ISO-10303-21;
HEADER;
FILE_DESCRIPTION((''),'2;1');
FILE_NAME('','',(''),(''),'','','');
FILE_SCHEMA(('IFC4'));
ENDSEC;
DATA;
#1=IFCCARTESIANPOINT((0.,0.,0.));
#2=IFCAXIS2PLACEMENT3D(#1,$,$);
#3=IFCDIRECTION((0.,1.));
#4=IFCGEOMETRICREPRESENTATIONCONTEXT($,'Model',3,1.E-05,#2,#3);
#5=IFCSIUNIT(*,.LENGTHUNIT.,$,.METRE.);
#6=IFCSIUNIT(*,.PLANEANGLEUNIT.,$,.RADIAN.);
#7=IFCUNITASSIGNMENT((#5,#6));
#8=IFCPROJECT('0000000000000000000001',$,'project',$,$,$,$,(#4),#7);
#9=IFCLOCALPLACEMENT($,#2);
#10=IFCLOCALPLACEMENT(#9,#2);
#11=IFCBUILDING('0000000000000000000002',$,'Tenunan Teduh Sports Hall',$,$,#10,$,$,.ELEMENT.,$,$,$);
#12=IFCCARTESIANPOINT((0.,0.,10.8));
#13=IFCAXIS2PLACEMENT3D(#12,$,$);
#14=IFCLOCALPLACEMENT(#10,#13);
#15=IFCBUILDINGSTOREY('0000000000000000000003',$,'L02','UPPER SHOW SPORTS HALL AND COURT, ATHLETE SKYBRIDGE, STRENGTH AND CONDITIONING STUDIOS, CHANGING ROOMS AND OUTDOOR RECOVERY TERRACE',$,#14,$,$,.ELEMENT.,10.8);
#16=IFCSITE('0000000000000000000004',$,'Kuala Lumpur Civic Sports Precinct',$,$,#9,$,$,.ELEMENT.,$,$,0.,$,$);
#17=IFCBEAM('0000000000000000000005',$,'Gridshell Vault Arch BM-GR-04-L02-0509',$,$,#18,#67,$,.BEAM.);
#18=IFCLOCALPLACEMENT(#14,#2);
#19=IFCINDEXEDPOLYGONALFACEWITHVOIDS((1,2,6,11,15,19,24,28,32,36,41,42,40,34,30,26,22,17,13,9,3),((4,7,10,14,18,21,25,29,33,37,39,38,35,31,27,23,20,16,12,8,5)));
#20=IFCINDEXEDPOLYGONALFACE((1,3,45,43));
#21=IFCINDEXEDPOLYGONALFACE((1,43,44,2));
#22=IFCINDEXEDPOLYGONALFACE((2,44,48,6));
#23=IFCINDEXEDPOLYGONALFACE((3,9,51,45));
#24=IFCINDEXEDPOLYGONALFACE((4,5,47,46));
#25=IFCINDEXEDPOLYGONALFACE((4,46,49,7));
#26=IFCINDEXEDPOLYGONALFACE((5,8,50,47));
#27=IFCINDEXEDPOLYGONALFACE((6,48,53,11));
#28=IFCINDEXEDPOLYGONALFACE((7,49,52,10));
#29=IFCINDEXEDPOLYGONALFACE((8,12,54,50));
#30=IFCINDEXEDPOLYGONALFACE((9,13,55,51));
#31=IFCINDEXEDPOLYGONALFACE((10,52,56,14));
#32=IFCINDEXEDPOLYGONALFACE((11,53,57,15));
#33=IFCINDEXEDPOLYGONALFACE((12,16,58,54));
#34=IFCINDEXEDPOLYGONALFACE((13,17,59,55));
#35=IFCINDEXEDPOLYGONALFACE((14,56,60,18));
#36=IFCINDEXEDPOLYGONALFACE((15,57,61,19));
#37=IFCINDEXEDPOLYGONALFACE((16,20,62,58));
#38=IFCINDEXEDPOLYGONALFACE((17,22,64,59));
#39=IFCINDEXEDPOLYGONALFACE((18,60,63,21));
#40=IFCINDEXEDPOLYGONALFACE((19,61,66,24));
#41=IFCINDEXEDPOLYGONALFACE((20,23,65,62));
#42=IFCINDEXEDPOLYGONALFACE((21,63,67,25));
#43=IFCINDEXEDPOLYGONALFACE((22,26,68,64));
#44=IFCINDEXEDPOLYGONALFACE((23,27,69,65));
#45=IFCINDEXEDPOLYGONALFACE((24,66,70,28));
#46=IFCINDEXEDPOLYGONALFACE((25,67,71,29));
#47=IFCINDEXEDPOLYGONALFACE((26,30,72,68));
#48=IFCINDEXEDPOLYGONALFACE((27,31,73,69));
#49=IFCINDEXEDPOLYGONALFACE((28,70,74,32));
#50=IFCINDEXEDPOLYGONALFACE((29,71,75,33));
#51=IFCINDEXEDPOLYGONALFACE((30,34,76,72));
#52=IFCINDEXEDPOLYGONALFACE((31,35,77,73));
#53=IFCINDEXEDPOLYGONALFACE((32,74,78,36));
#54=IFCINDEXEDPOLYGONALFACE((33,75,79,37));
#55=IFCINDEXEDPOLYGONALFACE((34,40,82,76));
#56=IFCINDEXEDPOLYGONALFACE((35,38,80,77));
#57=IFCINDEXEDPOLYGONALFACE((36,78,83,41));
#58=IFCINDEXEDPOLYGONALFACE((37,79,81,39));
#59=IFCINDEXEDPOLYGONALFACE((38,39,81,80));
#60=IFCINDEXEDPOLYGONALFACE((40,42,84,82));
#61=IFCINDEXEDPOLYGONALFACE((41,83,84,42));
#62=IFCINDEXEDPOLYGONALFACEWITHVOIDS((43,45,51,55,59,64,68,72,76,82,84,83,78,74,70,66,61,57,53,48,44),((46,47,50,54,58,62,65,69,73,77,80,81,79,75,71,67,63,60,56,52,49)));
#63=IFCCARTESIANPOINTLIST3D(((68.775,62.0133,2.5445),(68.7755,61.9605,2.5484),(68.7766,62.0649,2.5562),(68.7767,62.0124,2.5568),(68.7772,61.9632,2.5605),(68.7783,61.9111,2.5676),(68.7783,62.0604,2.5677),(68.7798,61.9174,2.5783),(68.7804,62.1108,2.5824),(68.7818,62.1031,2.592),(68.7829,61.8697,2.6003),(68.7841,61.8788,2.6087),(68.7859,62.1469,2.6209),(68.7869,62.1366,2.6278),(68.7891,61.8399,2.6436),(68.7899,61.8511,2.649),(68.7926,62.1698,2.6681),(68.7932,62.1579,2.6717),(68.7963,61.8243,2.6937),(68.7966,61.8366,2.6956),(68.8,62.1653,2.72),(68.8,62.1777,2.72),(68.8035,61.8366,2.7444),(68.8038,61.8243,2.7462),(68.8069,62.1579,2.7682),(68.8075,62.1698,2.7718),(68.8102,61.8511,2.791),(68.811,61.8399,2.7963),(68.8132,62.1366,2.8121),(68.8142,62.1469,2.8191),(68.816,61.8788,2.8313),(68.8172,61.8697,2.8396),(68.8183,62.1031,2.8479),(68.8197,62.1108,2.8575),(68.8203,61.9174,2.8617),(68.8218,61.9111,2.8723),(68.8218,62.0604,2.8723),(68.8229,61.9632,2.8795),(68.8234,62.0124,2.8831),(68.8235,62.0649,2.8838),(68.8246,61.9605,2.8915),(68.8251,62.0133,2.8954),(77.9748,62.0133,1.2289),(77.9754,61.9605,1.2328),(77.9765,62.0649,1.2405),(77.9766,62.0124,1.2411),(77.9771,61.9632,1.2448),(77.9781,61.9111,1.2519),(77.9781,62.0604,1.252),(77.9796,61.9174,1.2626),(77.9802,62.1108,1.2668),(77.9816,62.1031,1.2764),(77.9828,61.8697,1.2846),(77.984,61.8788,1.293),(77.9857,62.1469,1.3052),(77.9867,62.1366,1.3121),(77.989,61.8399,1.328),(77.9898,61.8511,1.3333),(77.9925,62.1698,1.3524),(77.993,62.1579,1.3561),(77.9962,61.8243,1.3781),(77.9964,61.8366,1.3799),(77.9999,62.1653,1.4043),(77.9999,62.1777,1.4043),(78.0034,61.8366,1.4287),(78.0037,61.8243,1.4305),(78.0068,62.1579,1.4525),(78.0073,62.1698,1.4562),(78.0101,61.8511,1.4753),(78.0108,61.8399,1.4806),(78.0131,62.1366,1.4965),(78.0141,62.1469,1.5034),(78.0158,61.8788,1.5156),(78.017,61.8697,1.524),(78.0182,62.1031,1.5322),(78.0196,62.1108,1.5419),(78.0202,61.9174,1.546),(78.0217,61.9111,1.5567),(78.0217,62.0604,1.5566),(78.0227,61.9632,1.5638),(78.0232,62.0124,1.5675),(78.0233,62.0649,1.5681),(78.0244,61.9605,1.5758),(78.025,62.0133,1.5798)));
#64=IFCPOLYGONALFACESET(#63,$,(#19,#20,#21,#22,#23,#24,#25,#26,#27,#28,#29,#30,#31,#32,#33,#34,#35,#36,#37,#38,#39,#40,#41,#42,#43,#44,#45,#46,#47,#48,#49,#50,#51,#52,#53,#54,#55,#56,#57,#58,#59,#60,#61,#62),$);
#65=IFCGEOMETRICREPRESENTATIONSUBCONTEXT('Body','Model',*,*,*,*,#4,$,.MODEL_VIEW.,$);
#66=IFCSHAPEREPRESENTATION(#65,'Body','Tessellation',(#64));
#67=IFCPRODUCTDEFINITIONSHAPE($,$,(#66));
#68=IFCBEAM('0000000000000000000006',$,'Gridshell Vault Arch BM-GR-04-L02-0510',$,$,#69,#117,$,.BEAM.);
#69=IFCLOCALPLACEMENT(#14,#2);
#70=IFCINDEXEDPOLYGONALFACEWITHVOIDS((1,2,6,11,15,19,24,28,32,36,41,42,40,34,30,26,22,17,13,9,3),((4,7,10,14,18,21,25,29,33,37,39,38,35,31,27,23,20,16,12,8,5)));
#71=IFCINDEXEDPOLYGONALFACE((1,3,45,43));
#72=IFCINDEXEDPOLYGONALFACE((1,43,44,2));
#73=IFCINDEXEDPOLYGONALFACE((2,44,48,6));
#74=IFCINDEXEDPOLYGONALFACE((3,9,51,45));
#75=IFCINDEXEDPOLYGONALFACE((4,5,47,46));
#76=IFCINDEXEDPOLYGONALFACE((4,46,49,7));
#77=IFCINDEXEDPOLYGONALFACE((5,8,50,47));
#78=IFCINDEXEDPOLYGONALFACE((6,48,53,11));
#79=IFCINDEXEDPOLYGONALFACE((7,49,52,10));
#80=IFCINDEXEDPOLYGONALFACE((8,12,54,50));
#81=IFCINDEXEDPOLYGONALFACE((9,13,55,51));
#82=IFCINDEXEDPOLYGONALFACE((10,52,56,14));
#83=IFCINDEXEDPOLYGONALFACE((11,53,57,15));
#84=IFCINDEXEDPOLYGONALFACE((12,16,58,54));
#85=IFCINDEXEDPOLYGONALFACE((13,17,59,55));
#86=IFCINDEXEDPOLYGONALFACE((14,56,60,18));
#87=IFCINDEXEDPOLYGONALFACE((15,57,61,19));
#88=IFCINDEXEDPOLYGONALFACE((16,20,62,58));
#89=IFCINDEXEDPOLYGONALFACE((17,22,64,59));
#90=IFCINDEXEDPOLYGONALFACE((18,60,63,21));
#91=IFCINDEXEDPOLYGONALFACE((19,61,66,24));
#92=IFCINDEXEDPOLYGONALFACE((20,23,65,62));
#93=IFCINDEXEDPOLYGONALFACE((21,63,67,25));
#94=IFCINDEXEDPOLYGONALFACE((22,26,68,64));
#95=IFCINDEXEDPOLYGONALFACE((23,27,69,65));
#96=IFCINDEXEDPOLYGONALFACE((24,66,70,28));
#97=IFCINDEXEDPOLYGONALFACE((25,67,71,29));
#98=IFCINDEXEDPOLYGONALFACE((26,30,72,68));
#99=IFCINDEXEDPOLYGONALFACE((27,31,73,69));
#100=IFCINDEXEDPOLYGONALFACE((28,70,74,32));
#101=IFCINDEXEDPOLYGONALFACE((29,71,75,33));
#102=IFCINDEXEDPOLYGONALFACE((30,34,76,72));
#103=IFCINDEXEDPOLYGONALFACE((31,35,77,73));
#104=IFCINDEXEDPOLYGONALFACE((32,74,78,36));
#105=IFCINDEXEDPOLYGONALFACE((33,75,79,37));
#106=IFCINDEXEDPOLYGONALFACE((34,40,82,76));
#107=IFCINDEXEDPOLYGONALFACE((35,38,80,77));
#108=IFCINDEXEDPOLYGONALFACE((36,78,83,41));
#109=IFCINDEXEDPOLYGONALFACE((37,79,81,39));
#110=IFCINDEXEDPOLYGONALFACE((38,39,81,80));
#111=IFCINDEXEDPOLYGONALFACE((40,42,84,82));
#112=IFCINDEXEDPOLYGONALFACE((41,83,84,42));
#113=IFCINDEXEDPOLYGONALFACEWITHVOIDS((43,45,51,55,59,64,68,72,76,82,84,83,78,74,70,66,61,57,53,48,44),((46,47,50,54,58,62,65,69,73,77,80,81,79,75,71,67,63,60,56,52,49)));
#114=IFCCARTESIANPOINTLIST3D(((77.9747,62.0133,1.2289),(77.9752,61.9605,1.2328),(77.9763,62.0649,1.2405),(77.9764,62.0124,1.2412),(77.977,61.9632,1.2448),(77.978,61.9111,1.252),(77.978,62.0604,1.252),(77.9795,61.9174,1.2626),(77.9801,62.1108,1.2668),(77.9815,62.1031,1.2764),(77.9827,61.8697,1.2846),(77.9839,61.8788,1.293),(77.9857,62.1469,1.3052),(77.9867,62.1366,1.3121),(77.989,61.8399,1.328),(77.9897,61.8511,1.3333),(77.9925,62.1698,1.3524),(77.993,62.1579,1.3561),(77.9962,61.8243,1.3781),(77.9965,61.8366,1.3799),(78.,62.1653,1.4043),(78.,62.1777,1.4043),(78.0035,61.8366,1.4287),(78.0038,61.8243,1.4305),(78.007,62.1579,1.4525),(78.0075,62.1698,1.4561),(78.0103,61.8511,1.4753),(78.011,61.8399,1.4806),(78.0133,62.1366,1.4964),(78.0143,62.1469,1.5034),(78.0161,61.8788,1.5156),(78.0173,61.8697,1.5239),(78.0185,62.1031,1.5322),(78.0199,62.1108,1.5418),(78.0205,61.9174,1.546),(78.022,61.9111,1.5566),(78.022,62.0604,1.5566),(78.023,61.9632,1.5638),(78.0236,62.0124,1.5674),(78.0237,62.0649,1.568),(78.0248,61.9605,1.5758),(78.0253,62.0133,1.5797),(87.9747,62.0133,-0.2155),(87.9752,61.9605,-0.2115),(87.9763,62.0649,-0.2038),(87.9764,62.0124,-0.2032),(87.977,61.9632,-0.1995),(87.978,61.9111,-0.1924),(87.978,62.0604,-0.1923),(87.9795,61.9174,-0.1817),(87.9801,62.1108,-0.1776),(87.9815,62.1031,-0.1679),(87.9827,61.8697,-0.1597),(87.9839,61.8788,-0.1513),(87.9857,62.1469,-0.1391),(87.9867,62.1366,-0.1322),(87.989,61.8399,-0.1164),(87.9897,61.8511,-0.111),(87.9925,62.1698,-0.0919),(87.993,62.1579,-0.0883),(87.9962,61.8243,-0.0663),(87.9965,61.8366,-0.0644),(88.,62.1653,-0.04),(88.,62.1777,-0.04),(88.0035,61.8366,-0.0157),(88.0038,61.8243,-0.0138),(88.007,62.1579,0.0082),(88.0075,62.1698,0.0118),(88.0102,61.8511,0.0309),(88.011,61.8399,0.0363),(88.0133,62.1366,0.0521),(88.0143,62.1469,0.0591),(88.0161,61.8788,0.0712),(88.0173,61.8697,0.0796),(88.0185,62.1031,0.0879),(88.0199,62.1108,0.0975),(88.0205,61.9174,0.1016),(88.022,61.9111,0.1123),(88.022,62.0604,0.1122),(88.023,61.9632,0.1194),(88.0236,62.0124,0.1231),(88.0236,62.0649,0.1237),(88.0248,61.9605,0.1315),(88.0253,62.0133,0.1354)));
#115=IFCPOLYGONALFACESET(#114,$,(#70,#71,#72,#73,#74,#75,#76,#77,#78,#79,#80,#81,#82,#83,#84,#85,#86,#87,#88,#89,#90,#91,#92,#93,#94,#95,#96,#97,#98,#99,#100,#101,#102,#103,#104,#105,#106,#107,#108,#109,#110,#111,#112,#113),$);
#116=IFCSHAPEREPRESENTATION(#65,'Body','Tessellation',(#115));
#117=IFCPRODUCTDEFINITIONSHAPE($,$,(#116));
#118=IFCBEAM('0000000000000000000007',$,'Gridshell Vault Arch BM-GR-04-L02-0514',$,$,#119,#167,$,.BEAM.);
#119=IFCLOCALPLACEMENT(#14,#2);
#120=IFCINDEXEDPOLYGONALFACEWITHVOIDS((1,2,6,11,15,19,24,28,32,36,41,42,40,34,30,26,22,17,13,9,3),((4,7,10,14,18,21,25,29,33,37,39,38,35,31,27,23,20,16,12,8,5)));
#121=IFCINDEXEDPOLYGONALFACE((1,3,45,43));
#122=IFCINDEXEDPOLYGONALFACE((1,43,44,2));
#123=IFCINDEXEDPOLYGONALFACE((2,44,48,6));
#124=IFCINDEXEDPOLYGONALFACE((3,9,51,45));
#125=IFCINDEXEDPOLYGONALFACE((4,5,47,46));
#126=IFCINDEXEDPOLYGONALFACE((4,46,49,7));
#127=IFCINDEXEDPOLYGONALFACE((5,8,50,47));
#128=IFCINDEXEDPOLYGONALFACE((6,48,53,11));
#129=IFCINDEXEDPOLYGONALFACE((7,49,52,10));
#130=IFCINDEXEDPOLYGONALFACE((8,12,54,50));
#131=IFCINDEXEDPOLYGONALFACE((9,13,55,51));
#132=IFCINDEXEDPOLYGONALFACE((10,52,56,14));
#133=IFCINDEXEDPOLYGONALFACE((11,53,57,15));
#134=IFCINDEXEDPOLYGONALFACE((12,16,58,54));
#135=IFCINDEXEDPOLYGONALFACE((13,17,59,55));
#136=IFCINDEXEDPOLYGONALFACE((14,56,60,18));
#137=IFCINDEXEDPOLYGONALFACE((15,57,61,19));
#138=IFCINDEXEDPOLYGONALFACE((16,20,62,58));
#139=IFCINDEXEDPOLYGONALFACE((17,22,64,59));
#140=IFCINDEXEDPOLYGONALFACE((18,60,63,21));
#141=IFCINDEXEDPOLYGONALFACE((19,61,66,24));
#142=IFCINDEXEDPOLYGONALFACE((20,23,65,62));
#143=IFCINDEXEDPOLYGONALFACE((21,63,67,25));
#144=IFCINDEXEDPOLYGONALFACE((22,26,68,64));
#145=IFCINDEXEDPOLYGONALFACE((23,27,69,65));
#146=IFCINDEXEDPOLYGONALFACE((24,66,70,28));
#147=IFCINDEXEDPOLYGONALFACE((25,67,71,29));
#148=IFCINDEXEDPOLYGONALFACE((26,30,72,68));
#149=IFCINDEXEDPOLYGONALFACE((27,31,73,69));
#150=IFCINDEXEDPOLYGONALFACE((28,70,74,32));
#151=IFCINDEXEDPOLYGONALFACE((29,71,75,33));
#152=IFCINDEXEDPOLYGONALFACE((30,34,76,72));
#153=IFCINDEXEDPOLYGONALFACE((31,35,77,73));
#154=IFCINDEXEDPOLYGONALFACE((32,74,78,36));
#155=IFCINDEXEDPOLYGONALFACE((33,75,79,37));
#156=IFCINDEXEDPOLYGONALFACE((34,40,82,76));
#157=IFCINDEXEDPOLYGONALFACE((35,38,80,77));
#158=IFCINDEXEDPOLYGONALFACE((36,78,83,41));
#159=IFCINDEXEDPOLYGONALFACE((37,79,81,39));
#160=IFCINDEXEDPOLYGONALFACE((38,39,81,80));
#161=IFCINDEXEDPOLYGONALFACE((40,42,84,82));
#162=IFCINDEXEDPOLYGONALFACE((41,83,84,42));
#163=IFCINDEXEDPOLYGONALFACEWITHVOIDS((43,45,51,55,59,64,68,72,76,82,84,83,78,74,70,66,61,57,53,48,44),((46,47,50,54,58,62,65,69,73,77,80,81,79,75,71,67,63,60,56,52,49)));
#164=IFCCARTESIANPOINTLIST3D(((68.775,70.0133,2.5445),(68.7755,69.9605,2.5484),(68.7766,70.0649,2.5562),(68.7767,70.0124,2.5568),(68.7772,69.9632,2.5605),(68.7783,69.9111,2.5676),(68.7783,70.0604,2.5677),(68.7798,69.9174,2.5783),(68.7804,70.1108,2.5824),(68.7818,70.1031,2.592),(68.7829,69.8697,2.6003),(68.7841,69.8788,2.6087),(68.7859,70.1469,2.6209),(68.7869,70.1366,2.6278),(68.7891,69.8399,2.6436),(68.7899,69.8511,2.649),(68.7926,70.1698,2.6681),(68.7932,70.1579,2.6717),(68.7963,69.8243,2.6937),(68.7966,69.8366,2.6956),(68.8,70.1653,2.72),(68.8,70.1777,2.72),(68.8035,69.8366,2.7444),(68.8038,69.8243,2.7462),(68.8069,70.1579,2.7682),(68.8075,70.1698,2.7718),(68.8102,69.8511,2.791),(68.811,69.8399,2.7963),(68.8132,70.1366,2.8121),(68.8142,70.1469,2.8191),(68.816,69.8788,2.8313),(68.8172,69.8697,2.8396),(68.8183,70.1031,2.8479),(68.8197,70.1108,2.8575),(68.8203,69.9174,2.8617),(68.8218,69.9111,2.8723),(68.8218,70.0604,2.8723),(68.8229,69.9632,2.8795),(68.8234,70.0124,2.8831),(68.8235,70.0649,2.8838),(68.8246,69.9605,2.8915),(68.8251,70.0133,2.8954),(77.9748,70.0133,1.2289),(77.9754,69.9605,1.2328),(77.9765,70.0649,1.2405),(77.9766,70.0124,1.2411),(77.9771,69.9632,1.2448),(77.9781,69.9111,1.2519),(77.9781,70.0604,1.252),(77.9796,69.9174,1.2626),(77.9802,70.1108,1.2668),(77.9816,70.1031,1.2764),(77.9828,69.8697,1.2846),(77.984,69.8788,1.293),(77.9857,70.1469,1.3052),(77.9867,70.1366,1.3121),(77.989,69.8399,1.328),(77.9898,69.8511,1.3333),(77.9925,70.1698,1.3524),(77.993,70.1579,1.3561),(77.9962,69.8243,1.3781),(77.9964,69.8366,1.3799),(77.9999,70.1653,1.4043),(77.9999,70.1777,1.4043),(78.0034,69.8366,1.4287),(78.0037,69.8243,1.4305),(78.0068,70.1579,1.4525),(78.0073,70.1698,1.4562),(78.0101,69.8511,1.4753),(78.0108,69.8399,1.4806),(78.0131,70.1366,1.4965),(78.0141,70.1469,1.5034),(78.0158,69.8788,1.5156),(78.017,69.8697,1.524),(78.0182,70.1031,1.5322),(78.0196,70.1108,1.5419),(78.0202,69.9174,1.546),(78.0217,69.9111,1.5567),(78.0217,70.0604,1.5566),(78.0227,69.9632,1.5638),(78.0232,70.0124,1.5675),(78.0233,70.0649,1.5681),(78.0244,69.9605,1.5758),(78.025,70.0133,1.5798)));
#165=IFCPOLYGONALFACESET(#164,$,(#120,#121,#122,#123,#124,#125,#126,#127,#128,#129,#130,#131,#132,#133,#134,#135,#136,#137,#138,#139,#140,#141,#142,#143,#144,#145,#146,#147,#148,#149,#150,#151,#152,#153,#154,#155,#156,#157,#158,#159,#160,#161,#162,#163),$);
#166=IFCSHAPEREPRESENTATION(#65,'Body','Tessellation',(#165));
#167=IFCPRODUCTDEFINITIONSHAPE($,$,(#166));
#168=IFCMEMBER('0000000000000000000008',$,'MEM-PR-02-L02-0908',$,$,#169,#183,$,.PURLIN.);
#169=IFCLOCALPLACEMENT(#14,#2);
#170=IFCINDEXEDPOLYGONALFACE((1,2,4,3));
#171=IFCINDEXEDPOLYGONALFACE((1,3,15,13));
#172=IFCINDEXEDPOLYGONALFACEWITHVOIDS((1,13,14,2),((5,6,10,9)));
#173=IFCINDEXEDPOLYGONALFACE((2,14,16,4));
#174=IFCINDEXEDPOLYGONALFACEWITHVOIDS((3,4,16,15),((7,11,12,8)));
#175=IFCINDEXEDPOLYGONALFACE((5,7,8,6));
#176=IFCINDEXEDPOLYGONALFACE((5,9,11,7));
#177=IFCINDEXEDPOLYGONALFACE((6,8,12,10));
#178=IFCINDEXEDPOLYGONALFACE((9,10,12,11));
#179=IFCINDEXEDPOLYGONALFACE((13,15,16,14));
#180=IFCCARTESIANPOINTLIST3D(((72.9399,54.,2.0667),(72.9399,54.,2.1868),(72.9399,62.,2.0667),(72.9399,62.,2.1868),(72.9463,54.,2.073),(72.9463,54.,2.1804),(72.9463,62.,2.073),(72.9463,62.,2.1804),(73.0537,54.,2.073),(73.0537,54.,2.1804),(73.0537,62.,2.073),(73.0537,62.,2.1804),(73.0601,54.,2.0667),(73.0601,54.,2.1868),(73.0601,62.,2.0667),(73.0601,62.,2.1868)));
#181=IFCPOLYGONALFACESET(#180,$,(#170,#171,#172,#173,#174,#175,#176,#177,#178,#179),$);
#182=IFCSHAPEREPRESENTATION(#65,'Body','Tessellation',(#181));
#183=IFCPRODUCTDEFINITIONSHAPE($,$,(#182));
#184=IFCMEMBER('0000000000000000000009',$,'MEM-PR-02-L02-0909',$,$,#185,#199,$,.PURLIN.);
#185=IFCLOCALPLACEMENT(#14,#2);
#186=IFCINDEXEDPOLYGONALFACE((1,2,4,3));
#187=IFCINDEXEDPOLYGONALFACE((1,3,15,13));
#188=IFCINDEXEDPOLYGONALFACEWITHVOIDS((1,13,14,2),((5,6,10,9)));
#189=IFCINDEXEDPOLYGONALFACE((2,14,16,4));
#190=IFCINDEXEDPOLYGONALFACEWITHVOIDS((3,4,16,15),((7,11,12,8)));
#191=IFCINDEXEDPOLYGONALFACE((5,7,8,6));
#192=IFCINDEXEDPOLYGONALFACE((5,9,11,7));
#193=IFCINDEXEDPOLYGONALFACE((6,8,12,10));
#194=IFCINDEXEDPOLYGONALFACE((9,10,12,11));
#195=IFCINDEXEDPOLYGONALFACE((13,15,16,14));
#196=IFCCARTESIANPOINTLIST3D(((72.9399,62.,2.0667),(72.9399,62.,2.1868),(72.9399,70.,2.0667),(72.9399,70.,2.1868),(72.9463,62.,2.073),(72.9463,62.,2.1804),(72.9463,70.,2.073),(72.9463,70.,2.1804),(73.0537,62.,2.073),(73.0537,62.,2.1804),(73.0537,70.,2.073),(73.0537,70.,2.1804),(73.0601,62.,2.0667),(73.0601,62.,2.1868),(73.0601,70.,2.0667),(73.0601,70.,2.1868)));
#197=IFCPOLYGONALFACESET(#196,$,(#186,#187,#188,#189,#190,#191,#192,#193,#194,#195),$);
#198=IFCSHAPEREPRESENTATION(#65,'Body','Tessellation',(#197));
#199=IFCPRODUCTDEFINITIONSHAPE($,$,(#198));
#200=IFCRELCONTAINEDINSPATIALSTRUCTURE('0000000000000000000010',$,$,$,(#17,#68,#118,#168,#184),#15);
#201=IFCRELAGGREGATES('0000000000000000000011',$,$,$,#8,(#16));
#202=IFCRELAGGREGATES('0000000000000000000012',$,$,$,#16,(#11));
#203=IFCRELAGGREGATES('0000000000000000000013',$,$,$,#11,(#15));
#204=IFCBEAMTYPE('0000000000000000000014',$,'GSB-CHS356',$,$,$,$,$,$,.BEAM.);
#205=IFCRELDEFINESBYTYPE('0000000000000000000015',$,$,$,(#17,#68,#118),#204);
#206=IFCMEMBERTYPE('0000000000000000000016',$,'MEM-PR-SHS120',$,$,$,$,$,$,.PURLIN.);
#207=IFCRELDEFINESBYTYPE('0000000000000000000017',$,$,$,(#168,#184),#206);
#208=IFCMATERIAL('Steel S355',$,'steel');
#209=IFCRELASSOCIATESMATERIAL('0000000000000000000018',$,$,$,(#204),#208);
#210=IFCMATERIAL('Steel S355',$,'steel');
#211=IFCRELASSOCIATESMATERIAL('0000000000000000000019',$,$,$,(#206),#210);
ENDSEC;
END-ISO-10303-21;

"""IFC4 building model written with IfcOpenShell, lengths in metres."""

from ifc_helpers import new_model, si_unit, direction, frame, origin, origin_2d, place, context, subcontext, project, spatial, hollow_rectangle, hollow_circle, extrude, material, material_profile, profile_set, type_object, element, save


model = new_model("IFC4")

# Units and contexts
model_context = context("Model", 3, precision=1e-05, world=origin(), true_north=direction((0.0, 1.0)))
body_context = subcontext(model_context, "Body", "Model", "MODEL_VIEW")
ifc_project = project(units=[si_unit("LENGTHUNIT", "METRE"), si_unit("PLANEANGLEUNIT", "RADIAN")], contexts=[model_context])

# Site, building, storey
site_placement = place(None, origin())
site = spatial("IfcSite", under=ifc_project, at=site_placement, Name="Kuala Lumpur Civic Sports Precinct", CompositionType="ELEMENT", RefElevation=0.0)
building_placement = place(site_placement, origin())
building = spatial("IfcBuilding", under=site, at=building_placement, Name="Tenunan Teduh Sports Hall", CompositionType="ELEMENT")
storey_placement = place(building_placement, frame((0.0, 0.0, 10.8)))
storey = spatial("IfcBuildingStorey", under=building, at=storey_placement, Name="L02", Description="UPPER SHOW SPORTS HALL AND COURT, ATHLETE SKYBRIDGE, STRENGTH AND CONDITIONING STUDIOS, CHANGING ROOMS AND OUTDOOR RECOVERY TERRACE", CompositionType="ELEMENT", Elevation=10.8)

# Beams
ifc_material_1 = material(Name="Steel S355", Category="steel")
ifc_material_profile_1 = material_profile(ifc_material_1, hollow_circle(Radius=0.1777, WallThickness=0.0125, at=origin_2d()), Name="CHS 355.6x12.5")
ifc_profile_set_1 = profile_set([ifc_material_profile_1], Name="Steel S355")
beam_type_1 = type_object("IfcBeamType", Name="GSB-CHS356", PredefinedType="BEAM", material=ifc_profile_set_1)
beam_1_placement = place(storey_placement, frame((68.8, 62.0, 2.72), z_axis=(0.989928, 0.0, -0.141568), x_axis=(0.0, 1.0, 0.0)))
element("IfcBeam", 1, at=beam_1_placement, inside=storey, type_object=beam_type_1, Name="Gridshell Vault Arch BM-GR-04-L02-0509", PredefinedType="BEAM", context=body_context, shape_type="SweptSolid", body=[
    extrude(hollow_circle(Radius=0.1777, WallThickness=0.0125, at=origin_2d()), origin(), (0.0, 0.0, 1.0), 9.2935),
])
beam_2_placement = place(storey_placement, frame((78.0, 62.0, 1.4043), z_axis=(0.98973, 0.0, -0.14295), x_axis=(0.0, 1.0, 0.0)))
element("IfcBeam", 2, at=beam_2_placement, inside=storey, type_object=beam_type_1, Name="Gridshell Vault Arch BM-GR-04-L02-0510", PredefinedType="BEAM", context=body_context, shape_type="SweptSolid", body=[
    extrude(hollow_circle(Radius=0.1777, WallThickness=0.0125, at=origin_2d()), origin(), (0.0, 0.0, 1.0), 10.1038),
])
beam_3_placement = place(storey_placement, frame((68.8, 70.0, 2.72), z_axis=(0.989928, 0.0, -0.141568), x_axis=(0.0, 1.0, 0.0)))
element("IfcBeam", 3, at=beam_3_placement, inside=storey, type_object=beam_type_1, Name="Gridshell Vault Arch BM-GR-04-L02-0514", PredefinedType="BEAM", context=body_context, shape_type="SweptSolid", body=[
    extrude(hollow_circle(Radius=0.1777, WallThickness=0.0125, at=origin_2d()), origin(), (0.0, 0.0, 1.0), 9.2935),
])

# Members
ifc_material_2 = material(Name="Steel S355", Category="steel")
ifc_material_profile_2 = material_profile(ifc_material_2, hollow_rectangle(XDim=0.1201, YDim=0.1201, WallThickness=0.0063, at=origin_2d()), Name="SHS 120x120x6.3")
ifc_profile_set_2 = profile_set([ifc_material_profile_2], Name="Steel S355")
member_type_1 = type_object("IfcMemberType", Name="MEM-PR-SHS120", PredefinedType="PURLIN", material=ifc_profile_set_2)
for number, where, z_axis, x_axis, name in (
    (4, (73.0, 54.0, 2.1267), (0.0, 1.0, 0.0), (-1.0, 0.0, 0.0), "MEM-PR-02-L02-0908"),
    (5, (73.0, 62.0, 2.1267), (0.0, 1.0, 0.0), (-1.0, 0.0, 0.0), "MEM-PR-02-L02-0909"),
):
    element("IfcMember", number, at=place(storey_placement, frame(where, z_axis=z_axis, x_axis=x_axis)), inside=storey, type_object=member_type_1, Name=name, PredefinedType="PURLIN", context=body_context, shape_type="SweptSolid", body=[
        extrude(hollow_rectangle(XDim=0.1201, YDim=0.1201, WallThickness=0.0063, at=origin_2d()), origin(), (0.0, 0.0, 1.0), 8.0),
    ])

save(model, "model.ifc")
